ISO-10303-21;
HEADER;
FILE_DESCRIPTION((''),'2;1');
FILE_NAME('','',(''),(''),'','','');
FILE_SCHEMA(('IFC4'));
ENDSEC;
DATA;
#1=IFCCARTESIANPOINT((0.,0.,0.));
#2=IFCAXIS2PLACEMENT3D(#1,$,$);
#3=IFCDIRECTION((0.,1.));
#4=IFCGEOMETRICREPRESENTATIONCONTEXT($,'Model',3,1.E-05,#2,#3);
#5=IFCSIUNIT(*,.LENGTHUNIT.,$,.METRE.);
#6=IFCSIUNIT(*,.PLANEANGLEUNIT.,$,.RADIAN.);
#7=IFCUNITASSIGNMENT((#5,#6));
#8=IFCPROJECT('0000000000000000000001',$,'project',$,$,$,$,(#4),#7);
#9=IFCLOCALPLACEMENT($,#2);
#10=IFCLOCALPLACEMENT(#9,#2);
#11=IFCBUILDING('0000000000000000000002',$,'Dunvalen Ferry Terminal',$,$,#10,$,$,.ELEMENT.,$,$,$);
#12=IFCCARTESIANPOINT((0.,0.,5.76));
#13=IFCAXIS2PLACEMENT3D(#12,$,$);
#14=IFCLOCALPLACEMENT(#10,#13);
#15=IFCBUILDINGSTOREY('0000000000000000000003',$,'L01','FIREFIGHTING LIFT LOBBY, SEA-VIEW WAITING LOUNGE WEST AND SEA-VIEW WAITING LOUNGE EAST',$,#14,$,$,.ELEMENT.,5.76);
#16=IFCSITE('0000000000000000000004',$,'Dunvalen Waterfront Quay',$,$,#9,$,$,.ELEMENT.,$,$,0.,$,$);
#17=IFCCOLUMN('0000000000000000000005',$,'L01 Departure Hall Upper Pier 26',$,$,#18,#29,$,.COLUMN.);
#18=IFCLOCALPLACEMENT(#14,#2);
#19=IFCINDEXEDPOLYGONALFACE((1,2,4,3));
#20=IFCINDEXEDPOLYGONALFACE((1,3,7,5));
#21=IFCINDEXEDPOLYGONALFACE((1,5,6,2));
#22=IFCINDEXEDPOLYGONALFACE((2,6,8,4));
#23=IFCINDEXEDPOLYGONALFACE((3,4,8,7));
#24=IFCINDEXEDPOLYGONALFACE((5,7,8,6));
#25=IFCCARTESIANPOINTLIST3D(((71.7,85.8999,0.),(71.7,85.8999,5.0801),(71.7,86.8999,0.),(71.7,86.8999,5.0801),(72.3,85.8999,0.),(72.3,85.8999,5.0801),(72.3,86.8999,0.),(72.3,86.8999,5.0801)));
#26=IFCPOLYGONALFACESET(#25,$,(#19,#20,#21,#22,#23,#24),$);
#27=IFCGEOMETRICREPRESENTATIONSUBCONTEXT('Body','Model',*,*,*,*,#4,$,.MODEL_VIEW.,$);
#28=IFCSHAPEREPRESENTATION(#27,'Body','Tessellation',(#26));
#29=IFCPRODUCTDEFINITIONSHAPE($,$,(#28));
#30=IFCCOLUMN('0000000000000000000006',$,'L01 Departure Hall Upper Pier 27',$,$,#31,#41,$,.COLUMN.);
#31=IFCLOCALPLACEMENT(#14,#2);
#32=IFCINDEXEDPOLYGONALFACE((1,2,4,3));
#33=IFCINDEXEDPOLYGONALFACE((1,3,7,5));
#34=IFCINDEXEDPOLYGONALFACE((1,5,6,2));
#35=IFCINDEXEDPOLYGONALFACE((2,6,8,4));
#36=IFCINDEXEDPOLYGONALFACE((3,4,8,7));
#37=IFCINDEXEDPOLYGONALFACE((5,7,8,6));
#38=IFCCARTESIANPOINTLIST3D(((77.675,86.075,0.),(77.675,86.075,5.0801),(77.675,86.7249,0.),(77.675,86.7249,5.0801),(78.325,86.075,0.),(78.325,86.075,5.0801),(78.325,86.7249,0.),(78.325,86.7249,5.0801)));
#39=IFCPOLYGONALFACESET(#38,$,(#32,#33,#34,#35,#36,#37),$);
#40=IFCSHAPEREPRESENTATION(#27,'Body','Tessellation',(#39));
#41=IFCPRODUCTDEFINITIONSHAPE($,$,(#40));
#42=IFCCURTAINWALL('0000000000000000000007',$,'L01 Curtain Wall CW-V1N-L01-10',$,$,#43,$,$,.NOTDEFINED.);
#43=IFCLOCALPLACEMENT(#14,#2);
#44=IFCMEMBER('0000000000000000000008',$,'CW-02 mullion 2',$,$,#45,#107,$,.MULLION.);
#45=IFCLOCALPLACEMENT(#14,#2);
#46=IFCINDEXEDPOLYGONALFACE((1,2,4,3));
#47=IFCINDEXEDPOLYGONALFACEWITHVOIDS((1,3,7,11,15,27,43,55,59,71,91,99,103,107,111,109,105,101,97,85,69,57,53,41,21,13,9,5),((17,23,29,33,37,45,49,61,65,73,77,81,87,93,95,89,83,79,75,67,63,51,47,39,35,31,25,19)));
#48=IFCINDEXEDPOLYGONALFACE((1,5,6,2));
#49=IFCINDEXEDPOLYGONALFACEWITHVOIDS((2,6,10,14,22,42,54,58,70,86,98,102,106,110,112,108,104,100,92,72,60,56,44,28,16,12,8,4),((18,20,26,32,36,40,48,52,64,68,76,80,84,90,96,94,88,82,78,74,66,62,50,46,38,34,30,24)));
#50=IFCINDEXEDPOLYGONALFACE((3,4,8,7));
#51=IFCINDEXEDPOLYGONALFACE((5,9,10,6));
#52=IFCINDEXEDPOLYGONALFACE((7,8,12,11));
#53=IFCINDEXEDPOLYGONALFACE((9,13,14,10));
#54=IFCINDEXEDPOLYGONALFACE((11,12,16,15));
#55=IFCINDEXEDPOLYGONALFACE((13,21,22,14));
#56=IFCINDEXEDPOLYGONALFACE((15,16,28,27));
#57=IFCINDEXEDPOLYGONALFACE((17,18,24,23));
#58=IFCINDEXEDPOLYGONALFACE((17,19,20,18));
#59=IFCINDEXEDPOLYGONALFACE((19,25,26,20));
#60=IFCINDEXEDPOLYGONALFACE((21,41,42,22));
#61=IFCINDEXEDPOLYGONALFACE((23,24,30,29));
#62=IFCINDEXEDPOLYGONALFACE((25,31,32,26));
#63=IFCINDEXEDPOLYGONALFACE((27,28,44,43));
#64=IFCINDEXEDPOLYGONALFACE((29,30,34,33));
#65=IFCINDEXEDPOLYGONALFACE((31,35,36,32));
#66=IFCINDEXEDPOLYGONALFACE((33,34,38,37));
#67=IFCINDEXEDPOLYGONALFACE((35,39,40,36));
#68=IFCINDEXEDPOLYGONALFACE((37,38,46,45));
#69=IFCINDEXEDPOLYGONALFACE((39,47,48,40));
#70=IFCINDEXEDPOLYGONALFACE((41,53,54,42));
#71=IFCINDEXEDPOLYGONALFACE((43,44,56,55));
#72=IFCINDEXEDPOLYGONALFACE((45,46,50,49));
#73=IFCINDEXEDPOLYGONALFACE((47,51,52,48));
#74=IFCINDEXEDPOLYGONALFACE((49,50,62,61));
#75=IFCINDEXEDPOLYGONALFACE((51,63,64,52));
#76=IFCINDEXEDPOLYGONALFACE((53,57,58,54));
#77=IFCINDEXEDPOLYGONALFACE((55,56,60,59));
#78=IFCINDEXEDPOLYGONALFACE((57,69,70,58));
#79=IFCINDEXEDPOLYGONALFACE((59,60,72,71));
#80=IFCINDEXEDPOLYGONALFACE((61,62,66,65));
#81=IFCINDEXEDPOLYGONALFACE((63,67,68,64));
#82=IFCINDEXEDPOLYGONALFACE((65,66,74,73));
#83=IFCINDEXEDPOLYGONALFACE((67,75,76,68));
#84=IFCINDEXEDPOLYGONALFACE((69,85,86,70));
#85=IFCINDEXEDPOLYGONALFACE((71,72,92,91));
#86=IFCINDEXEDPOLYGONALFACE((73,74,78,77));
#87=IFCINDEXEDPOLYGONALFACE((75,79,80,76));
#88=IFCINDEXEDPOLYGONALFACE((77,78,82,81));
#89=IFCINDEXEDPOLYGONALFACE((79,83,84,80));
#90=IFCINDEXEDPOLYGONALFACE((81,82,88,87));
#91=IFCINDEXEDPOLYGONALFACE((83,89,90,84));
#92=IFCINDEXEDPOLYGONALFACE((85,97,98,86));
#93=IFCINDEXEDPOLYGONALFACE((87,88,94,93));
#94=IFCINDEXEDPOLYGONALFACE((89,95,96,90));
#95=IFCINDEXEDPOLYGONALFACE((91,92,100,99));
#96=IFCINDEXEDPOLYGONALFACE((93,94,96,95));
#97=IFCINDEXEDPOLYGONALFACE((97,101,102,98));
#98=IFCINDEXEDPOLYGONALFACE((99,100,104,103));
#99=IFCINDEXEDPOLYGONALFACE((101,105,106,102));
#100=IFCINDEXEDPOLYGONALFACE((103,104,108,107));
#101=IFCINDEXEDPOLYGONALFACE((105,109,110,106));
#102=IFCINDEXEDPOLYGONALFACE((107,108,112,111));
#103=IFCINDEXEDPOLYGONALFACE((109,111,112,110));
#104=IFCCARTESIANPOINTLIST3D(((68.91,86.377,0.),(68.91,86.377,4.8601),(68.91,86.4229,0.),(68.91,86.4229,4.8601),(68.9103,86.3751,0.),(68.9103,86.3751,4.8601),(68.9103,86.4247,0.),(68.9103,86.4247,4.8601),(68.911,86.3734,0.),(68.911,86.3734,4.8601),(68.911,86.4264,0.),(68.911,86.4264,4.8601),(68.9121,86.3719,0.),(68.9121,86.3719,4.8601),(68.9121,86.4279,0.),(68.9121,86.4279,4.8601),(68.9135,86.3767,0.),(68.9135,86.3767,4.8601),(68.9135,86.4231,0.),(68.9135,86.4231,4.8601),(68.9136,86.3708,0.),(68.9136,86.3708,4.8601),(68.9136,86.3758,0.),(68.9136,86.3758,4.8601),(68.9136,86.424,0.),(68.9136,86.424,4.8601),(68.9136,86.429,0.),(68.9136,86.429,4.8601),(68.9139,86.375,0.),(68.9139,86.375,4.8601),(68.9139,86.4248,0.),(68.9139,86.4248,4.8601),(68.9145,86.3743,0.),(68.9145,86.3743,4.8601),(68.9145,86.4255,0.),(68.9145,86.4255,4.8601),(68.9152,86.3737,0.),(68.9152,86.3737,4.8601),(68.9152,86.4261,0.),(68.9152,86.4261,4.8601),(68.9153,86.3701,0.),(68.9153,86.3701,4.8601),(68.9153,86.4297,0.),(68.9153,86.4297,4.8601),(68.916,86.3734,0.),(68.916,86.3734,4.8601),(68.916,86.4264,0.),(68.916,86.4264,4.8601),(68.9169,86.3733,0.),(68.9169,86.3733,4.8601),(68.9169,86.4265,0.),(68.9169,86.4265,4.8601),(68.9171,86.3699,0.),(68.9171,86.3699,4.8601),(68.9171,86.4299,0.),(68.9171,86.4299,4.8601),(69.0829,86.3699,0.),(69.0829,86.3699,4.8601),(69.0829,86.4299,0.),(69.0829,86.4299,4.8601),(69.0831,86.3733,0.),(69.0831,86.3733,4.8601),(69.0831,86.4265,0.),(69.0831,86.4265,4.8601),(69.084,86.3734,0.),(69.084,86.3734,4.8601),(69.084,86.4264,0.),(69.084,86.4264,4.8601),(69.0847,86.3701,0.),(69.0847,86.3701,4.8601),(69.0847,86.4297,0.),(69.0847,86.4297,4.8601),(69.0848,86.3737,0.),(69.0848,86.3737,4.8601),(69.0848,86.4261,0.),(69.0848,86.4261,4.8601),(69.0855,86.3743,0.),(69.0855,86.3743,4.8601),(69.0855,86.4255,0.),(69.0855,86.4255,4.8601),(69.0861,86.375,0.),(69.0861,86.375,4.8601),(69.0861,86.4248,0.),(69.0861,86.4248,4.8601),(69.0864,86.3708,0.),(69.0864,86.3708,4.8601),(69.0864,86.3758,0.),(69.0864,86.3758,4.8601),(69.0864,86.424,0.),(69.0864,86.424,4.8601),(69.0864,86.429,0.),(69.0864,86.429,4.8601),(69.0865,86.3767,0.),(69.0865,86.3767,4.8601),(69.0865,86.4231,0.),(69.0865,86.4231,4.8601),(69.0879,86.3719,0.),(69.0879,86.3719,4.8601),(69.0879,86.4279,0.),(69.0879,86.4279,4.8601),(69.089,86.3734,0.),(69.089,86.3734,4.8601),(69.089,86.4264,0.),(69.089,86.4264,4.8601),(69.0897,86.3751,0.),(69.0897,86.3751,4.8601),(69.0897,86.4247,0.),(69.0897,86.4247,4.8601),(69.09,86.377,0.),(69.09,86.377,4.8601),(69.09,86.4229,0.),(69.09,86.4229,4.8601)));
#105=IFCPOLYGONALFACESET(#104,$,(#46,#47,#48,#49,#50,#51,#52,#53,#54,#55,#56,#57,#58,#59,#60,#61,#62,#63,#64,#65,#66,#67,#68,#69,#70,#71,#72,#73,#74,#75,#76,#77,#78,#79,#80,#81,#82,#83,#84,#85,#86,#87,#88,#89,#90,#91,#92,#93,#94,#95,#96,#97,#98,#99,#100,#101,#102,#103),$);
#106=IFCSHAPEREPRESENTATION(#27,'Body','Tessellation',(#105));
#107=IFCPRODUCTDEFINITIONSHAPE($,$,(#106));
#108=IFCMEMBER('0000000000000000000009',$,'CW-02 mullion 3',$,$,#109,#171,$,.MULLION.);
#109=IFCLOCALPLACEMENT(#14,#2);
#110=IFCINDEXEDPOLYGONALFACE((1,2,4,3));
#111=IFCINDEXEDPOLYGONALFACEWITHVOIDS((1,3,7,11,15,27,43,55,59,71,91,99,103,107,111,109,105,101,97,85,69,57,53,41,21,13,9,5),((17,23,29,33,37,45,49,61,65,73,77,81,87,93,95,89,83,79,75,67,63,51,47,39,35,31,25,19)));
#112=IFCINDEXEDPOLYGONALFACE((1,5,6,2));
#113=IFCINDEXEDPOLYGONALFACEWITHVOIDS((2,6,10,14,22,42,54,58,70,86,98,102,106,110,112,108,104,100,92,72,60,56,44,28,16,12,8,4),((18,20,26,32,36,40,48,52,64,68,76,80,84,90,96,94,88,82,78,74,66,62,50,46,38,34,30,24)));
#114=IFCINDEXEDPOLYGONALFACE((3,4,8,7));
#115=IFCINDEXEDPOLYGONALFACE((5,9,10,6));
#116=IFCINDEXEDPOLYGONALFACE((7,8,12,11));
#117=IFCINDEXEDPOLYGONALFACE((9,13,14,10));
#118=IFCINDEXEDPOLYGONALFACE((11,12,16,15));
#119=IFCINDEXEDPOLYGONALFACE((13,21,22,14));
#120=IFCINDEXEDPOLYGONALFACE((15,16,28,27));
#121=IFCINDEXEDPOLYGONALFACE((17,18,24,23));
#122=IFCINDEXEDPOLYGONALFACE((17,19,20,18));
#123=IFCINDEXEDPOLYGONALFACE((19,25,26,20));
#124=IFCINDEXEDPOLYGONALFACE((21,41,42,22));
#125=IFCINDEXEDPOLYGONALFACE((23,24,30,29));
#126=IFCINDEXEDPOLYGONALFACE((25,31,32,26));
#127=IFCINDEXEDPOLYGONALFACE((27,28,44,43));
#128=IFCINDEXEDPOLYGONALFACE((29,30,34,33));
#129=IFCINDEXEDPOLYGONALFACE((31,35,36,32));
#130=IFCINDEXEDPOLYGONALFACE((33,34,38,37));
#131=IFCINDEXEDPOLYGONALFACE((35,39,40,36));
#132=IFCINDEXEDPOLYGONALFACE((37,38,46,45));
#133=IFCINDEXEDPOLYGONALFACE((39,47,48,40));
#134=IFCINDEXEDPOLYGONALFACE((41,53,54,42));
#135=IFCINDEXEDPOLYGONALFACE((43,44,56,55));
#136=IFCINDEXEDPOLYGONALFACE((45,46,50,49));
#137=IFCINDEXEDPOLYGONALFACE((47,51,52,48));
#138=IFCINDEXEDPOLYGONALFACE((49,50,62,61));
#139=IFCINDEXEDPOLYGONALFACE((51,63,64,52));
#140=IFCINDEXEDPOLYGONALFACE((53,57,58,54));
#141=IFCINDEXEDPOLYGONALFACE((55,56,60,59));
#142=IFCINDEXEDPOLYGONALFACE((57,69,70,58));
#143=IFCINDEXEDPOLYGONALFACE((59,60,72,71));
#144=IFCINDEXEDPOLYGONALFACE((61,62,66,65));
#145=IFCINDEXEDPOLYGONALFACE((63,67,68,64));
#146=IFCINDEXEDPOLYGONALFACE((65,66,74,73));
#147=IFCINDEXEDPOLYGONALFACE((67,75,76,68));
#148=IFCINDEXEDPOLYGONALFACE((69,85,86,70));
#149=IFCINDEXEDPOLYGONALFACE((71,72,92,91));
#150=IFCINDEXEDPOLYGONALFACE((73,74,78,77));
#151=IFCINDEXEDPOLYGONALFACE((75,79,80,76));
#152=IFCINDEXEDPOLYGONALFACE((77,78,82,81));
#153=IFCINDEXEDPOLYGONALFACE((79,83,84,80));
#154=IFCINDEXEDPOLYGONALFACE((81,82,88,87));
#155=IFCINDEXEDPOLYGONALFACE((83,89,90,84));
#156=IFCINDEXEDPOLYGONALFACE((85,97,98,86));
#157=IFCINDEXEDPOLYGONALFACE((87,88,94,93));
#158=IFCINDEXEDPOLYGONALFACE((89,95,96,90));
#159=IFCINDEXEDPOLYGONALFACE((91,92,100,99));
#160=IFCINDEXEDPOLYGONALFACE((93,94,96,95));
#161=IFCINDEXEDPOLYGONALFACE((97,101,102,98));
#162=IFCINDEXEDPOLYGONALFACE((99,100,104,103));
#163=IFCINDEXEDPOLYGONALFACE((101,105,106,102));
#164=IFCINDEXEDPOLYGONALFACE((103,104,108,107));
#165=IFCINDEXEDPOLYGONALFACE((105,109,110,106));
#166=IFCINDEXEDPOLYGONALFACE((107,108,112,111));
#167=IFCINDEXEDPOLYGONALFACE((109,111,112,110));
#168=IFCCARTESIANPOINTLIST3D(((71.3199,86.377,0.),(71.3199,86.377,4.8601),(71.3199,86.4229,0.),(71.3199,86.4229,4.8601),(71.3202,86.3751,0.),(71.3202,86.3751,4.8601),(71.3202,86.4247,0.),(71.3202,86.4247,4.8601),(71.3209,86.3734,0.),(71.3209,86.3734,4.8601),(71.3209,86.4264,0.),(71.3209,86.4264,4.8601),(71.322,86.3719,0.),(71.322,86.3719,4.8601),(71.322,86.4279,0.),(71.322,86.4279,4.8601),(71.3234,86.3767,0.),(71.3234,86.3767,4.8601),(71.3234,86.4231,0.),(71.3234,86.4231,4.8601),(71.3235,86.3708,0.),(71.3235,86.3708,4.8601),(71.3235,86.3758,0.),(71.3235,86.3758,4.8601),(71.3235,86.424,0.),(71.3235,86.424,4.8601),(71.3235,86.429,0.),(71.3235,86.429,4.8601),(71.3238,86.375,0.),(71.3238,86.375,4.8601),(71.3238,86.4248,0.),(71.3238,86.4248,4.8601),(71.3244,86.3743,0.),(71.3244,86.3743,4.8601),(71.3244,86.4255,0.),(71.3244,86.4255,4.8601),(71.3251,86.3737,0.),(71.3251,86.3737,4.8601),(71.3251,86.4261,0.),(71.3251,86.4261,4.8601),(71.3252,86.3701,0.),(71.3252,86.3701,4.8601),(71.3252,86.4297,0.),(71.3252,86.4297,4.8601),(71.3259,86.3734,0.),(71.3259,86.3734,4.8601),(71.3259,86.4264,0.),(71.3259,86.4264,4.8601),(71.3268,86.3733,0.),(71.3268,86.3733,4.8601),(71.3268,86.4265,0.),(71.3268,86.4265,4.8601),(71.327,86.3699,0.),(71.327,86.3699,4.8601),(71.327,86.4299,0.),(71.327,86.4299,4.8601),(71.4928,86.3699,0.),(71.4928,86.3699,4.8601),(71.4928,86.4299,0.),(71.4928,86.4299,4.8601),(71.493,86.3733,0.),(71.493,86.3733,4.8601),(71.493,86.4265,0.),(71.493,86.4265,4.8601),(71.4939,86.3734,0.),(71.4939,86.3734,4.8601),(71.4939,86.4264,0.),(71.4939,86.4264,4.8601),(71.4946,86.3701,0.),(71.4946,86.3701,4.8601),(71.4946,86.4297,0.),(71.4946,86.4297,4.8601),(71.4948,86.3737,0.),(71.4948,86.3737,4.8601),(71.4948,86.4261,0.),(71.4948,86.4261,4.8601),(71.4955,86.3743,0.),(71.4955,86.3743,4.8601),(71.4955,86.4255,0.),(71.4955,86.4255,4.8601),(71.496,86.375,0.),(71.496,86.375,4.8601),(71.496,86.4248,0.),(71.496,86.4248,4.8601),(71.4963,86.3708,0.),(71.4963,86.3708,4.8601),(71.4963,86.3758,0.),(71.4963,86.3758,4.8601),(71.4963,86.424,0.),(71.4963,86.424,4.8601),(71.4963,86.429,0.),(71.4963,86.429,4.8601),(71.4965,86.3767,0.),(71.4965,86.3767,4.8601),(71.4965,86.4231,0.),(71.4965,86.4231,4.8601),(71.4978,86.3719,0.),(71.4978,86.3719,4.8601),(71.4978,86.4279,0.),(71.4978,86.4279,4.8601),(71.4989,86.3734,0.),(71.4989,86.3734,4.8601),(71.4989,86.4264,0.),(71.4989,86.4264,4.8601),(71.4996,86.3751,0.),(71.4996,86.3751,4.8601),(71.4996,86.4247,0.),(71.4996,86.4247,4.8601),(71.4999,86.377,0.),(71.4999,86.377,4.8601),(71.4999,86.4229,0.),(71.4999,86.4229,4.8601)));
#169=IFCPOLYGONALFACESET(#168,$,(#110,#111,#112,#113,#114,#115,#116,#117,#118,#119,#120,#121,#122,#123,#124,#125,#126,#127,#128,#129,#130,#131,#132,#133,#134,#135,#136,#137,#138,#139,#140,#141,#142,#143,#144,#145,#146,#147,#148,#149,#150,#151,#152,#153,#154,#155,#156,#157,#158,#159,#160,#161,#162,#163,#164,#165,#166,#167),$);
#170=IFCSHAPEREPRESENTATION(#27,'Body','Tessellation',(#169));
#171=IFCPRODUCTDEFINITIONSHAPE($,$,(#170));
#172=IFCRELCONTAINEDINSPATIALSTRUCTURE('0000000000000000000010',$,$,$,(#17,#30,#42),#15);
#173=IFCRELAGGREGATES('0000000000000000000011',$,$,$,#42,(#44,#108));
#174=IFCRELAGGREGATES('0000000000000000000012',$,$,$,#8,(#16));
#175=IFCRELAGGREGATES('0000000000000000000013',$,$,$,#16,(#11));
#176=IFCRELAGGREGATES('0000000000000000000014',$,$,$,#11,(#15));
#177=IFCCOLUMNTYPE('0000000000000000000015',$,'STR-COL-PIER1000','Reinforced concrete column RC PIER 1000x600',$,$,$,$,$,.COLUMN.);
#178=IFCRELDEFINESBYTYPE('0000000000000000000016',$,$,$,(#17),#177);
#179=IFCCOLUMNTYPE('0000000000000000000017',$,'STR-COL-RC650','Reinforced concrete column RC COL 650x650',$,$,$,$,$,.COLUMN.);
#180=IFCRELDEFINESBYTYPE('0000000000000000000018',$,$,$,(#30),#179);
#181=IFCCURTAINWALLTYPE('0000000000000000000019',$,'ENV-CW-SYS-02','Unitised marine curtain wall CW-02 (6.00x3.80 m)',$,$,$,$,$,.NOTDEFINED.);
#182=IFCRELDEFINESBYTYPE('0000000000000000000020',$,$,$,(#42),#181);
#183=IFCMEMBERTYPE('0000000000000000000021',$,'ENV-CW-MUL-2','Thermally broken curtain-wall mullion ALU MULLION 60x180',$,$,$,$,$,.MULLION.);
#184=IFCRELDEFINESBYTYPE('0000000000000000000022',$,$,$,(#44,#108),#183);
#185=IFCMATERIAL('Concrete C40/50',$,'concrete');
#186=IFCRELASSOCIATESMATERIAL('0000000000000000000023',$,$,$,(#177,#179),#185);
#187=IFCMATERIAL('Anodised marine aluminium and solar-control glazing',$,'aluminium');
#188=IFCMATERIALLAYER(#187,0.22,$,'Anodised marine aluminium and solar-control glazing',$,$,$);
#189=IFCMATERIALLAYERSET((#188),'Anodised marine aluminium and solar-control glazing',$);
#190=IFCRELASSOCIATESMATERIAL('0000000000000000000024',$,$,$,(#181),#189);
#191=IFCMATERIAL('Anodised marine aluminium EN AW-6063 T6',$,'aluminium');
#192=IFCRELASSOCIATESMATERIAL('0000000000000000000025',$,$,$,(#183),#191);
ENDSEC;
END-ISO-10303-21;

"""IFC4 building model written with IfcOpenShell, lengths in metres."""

from ifc_helpers import new_model, si_unit, direction, frame, origin, origin_2d, place, context, subcontext, project, spatial, rectangle, hollow_rectangle, extrude, material, layer, layer_set, material_profile, profile_set, type_object, element, aggregate, save


model = new_model("IFC4")

# Units and contexts
model_context = context("Model", 3, precision=1e-05, world=origin(), true_north=direction((0.0, 1.0)))
body_context = subcontext(model_context, "Body", "Model", "MODEL_VIEW")
ifc_project = project(units=[si_unit("LENGTHUNIT", "METRE"), si_unit("PLANEANGLEUNIT", "RADIAN")], contexts=[model_context])

# Site, building, storey
site_placement = place(None, origin())
site = spatial("IfcSite", under=ifc_project, at=site_placement, Name="Dunvalen Waterfront Quay", CompositionType="ELEMENT", RefElevation=0.0)
building_placement = place(site_placement, origin())
building = spatial("IfcBuilding", under=site, at=building_placement, Name="Dunvalen Ferry Terminal", CompositionType="ELEMENT")
storey_placement = place(building_placement, frame((0.0, 0.0, 5.76)))
storey = spatial("IfcBuildingStorey", under=building, at=storey_placement, Name="L01", Description="FIREFIGHTING LIFT LOBBY, SEA-VIEW WAITING LOUNGE WEST AND SEA-VIEW WAITING LOUNGE EAST", CompositionType="ELEMENT", Elevation=5.76)

# Columns
ifc_material_1 = material(Name="Concrete C40/50", Category="concrete")
ifc_material_profile_1 = material_profile(ifc_material_1, rectangle(XDim=0.6001, YDim=1.0, at=origin_2d()), Name="Concrete C40/50")
ifc_profile_set_1 = profile_set([ifc_material_profile_1], Name="Concrete C40/50")
column_type_1 = type_object("IfcColumnType", Name="STR-COL-PIER1000", Description="Reinforced concrete column RC PIER 1000x600", PredefinedType="COLUMN", material=ifc_profile_set_1)
column_1_placement = place(storey_placement, frame((72.0, 86.3999, 0.0), z_axis=(0.0, 0.0, 1.0), x_axis=(1.0, 0.0, 0.0)))
element("IfcColumn", 1, at=column_1_placement, inside=storey, type_object=column_type_1, Name="L01 Departure Hall Upper Pier 26", PredefinedType="COLUMN", context=body_context, shape_type="SweptSolid", body=[
    extrude(rectangle(XDim=0.6001, YDim=1.0, at=origin_2d()), origin(), (0.0, 0.0, 1.0), 5.0801),
])
ifc_material_profile_2 = material_profile(ifc_material_1, rectangle(XDim=0.6499, YDim=0.6499, at=origin_2d()), Name="Concrete C40/50")
ifc_profile_set_2 = profile_set([ifc_material_profile_2], Name="Concrete C40/50")
column_type_2 = type_object("IfcColumnType", Name="STR-COL-RC650", Description="Reinforced concrete column RC COL 650x650", PredefinedType="COLUMN", material=ifc_profile_set_2)
column_2_placement = place(storey_placement, frame((78.0, 86.3999, 0.0), z_axis=(0.0, 0.0, 1.0), x_axis=(1.0, 0.0, 0.0)))
element("IfcColumn", 2, at=column_2_placement, inside=storey, type_object=column_type_2, Name="L01 Departure Hall Upper Pier 27", PredefinedType="COLUMN", context=body_context, shape_type="SweptSolid", body=[
    extrude(rectangle(XDim=0.6499, YDim=0.6499, at=origin_2d()), origin(), (0.0, 0.0, 1.0), 5.0801),
])

# Curtain wall, members
ifc_material_2 = material(Name="Anodised marine aluminium and solar-control glazing", Category="aluminium")
ifc_layer_1 = layer(ifc_material_2, 0.22, Name="Anodised marine aluminium and solar-control glazing")
ifc_layer_set_1 = layer_set([ifc_layer_1], Name="Anodised marine aluminium and solar-control glazing")
curtain_wall_type = type_object("IfcCurtainWallType", Name="ENV-CW-SYS-02", Description="Unitised marine curtain wall CW-02 (6.00x3.80 m)", PredefinedType="NOTDEFINED", material=ifc_layer_set_1)
curtain_wall_1_placement = place(storey_placement, origin())
curtain_wall_1 = element("IfcCurtainWall", 3, at=curtain_wall_1_placement, inside=storey, type_object=curtain_wall_type, Name="L01 Curtain Wall CW-V1N-L01-10", PredefinedType="NOTDEFINED")
ifc_material_3 = material(Name="Anodised marine aluminium EN AW-6063 T6", Category="aluminium")
ifc_material_profile_3 = material_profile(ifc_material_3, hollow_rectangle(XDim=0.0601, YDim=0.1799, WallThickness=0.0034, InnerFilletRadius=0.0034, OuterFilletRadius=0.0071, at=origin_2d()), Name="Anodised marine aluminium EN AW-6063 T6")
ifc_profile_set_3 = profile_set([ifc_material_profile_3], Name="Anodised marine aluminium EN AW-6063 T6")
member_type_1 = type_object("IfcMemberType", Name="ENV-CW-MUL-2", Description="Thermally broken curtain-wall mullion ALU MULLION 60x180", PredefinedType="MULLION", material=ifc_profile_set_3)
member_1_placement = place(storey_placement, frame((69.0, 86.3999, 0.0), z_axis=(0.0, 0.0, 1.0), x_axis=(0.0, 1.0, 0.0)))
member_1 = element("IfcMember", 4, at=member_1_placement, type_object=member_type_1, Name="CW-02 mullion 2", PredefinedType="MULLION", context=body_context, shape_type="SweptSolid", body=[
    extrude(hollow_rectangle(XDim=0.0601, YDim=0.1799, WallThickness=0.0034, InnerFilletRadius=0.0034, OuterFilletRadius=0.0071, at=origin_2d()), origin(), (0.0, 0.0, 1.0), 4.8601),
])
member_2_placement = place(storey_placement, frame((71.4099, 86.3999, 0.0), z_axis=(0.0, 0.0, 1.0), x_axis=(0.0, 1.0, 0.0)))
member_2 = element("IfcMember", 5, at=member_2_placement, type_object=member_type_1, Name="CW-02 mullion 3", PredefinedType="MULLION", context=body_context, shape_type="SweptSolid", body=[
    extrude(hollow_rectangle(XDim=0.0601, YDim=0.1799, WallThickness=0.0034, InnerFilletRadius=0.0034, OuterFilletRadius=0.0071, at=origin_2d()), origin(), (0.0, 0.0, 1.0), 4.8601),
])

aggregate(curtain_wall_1, [member_1, member_2])

save(model, "model.ifc")
